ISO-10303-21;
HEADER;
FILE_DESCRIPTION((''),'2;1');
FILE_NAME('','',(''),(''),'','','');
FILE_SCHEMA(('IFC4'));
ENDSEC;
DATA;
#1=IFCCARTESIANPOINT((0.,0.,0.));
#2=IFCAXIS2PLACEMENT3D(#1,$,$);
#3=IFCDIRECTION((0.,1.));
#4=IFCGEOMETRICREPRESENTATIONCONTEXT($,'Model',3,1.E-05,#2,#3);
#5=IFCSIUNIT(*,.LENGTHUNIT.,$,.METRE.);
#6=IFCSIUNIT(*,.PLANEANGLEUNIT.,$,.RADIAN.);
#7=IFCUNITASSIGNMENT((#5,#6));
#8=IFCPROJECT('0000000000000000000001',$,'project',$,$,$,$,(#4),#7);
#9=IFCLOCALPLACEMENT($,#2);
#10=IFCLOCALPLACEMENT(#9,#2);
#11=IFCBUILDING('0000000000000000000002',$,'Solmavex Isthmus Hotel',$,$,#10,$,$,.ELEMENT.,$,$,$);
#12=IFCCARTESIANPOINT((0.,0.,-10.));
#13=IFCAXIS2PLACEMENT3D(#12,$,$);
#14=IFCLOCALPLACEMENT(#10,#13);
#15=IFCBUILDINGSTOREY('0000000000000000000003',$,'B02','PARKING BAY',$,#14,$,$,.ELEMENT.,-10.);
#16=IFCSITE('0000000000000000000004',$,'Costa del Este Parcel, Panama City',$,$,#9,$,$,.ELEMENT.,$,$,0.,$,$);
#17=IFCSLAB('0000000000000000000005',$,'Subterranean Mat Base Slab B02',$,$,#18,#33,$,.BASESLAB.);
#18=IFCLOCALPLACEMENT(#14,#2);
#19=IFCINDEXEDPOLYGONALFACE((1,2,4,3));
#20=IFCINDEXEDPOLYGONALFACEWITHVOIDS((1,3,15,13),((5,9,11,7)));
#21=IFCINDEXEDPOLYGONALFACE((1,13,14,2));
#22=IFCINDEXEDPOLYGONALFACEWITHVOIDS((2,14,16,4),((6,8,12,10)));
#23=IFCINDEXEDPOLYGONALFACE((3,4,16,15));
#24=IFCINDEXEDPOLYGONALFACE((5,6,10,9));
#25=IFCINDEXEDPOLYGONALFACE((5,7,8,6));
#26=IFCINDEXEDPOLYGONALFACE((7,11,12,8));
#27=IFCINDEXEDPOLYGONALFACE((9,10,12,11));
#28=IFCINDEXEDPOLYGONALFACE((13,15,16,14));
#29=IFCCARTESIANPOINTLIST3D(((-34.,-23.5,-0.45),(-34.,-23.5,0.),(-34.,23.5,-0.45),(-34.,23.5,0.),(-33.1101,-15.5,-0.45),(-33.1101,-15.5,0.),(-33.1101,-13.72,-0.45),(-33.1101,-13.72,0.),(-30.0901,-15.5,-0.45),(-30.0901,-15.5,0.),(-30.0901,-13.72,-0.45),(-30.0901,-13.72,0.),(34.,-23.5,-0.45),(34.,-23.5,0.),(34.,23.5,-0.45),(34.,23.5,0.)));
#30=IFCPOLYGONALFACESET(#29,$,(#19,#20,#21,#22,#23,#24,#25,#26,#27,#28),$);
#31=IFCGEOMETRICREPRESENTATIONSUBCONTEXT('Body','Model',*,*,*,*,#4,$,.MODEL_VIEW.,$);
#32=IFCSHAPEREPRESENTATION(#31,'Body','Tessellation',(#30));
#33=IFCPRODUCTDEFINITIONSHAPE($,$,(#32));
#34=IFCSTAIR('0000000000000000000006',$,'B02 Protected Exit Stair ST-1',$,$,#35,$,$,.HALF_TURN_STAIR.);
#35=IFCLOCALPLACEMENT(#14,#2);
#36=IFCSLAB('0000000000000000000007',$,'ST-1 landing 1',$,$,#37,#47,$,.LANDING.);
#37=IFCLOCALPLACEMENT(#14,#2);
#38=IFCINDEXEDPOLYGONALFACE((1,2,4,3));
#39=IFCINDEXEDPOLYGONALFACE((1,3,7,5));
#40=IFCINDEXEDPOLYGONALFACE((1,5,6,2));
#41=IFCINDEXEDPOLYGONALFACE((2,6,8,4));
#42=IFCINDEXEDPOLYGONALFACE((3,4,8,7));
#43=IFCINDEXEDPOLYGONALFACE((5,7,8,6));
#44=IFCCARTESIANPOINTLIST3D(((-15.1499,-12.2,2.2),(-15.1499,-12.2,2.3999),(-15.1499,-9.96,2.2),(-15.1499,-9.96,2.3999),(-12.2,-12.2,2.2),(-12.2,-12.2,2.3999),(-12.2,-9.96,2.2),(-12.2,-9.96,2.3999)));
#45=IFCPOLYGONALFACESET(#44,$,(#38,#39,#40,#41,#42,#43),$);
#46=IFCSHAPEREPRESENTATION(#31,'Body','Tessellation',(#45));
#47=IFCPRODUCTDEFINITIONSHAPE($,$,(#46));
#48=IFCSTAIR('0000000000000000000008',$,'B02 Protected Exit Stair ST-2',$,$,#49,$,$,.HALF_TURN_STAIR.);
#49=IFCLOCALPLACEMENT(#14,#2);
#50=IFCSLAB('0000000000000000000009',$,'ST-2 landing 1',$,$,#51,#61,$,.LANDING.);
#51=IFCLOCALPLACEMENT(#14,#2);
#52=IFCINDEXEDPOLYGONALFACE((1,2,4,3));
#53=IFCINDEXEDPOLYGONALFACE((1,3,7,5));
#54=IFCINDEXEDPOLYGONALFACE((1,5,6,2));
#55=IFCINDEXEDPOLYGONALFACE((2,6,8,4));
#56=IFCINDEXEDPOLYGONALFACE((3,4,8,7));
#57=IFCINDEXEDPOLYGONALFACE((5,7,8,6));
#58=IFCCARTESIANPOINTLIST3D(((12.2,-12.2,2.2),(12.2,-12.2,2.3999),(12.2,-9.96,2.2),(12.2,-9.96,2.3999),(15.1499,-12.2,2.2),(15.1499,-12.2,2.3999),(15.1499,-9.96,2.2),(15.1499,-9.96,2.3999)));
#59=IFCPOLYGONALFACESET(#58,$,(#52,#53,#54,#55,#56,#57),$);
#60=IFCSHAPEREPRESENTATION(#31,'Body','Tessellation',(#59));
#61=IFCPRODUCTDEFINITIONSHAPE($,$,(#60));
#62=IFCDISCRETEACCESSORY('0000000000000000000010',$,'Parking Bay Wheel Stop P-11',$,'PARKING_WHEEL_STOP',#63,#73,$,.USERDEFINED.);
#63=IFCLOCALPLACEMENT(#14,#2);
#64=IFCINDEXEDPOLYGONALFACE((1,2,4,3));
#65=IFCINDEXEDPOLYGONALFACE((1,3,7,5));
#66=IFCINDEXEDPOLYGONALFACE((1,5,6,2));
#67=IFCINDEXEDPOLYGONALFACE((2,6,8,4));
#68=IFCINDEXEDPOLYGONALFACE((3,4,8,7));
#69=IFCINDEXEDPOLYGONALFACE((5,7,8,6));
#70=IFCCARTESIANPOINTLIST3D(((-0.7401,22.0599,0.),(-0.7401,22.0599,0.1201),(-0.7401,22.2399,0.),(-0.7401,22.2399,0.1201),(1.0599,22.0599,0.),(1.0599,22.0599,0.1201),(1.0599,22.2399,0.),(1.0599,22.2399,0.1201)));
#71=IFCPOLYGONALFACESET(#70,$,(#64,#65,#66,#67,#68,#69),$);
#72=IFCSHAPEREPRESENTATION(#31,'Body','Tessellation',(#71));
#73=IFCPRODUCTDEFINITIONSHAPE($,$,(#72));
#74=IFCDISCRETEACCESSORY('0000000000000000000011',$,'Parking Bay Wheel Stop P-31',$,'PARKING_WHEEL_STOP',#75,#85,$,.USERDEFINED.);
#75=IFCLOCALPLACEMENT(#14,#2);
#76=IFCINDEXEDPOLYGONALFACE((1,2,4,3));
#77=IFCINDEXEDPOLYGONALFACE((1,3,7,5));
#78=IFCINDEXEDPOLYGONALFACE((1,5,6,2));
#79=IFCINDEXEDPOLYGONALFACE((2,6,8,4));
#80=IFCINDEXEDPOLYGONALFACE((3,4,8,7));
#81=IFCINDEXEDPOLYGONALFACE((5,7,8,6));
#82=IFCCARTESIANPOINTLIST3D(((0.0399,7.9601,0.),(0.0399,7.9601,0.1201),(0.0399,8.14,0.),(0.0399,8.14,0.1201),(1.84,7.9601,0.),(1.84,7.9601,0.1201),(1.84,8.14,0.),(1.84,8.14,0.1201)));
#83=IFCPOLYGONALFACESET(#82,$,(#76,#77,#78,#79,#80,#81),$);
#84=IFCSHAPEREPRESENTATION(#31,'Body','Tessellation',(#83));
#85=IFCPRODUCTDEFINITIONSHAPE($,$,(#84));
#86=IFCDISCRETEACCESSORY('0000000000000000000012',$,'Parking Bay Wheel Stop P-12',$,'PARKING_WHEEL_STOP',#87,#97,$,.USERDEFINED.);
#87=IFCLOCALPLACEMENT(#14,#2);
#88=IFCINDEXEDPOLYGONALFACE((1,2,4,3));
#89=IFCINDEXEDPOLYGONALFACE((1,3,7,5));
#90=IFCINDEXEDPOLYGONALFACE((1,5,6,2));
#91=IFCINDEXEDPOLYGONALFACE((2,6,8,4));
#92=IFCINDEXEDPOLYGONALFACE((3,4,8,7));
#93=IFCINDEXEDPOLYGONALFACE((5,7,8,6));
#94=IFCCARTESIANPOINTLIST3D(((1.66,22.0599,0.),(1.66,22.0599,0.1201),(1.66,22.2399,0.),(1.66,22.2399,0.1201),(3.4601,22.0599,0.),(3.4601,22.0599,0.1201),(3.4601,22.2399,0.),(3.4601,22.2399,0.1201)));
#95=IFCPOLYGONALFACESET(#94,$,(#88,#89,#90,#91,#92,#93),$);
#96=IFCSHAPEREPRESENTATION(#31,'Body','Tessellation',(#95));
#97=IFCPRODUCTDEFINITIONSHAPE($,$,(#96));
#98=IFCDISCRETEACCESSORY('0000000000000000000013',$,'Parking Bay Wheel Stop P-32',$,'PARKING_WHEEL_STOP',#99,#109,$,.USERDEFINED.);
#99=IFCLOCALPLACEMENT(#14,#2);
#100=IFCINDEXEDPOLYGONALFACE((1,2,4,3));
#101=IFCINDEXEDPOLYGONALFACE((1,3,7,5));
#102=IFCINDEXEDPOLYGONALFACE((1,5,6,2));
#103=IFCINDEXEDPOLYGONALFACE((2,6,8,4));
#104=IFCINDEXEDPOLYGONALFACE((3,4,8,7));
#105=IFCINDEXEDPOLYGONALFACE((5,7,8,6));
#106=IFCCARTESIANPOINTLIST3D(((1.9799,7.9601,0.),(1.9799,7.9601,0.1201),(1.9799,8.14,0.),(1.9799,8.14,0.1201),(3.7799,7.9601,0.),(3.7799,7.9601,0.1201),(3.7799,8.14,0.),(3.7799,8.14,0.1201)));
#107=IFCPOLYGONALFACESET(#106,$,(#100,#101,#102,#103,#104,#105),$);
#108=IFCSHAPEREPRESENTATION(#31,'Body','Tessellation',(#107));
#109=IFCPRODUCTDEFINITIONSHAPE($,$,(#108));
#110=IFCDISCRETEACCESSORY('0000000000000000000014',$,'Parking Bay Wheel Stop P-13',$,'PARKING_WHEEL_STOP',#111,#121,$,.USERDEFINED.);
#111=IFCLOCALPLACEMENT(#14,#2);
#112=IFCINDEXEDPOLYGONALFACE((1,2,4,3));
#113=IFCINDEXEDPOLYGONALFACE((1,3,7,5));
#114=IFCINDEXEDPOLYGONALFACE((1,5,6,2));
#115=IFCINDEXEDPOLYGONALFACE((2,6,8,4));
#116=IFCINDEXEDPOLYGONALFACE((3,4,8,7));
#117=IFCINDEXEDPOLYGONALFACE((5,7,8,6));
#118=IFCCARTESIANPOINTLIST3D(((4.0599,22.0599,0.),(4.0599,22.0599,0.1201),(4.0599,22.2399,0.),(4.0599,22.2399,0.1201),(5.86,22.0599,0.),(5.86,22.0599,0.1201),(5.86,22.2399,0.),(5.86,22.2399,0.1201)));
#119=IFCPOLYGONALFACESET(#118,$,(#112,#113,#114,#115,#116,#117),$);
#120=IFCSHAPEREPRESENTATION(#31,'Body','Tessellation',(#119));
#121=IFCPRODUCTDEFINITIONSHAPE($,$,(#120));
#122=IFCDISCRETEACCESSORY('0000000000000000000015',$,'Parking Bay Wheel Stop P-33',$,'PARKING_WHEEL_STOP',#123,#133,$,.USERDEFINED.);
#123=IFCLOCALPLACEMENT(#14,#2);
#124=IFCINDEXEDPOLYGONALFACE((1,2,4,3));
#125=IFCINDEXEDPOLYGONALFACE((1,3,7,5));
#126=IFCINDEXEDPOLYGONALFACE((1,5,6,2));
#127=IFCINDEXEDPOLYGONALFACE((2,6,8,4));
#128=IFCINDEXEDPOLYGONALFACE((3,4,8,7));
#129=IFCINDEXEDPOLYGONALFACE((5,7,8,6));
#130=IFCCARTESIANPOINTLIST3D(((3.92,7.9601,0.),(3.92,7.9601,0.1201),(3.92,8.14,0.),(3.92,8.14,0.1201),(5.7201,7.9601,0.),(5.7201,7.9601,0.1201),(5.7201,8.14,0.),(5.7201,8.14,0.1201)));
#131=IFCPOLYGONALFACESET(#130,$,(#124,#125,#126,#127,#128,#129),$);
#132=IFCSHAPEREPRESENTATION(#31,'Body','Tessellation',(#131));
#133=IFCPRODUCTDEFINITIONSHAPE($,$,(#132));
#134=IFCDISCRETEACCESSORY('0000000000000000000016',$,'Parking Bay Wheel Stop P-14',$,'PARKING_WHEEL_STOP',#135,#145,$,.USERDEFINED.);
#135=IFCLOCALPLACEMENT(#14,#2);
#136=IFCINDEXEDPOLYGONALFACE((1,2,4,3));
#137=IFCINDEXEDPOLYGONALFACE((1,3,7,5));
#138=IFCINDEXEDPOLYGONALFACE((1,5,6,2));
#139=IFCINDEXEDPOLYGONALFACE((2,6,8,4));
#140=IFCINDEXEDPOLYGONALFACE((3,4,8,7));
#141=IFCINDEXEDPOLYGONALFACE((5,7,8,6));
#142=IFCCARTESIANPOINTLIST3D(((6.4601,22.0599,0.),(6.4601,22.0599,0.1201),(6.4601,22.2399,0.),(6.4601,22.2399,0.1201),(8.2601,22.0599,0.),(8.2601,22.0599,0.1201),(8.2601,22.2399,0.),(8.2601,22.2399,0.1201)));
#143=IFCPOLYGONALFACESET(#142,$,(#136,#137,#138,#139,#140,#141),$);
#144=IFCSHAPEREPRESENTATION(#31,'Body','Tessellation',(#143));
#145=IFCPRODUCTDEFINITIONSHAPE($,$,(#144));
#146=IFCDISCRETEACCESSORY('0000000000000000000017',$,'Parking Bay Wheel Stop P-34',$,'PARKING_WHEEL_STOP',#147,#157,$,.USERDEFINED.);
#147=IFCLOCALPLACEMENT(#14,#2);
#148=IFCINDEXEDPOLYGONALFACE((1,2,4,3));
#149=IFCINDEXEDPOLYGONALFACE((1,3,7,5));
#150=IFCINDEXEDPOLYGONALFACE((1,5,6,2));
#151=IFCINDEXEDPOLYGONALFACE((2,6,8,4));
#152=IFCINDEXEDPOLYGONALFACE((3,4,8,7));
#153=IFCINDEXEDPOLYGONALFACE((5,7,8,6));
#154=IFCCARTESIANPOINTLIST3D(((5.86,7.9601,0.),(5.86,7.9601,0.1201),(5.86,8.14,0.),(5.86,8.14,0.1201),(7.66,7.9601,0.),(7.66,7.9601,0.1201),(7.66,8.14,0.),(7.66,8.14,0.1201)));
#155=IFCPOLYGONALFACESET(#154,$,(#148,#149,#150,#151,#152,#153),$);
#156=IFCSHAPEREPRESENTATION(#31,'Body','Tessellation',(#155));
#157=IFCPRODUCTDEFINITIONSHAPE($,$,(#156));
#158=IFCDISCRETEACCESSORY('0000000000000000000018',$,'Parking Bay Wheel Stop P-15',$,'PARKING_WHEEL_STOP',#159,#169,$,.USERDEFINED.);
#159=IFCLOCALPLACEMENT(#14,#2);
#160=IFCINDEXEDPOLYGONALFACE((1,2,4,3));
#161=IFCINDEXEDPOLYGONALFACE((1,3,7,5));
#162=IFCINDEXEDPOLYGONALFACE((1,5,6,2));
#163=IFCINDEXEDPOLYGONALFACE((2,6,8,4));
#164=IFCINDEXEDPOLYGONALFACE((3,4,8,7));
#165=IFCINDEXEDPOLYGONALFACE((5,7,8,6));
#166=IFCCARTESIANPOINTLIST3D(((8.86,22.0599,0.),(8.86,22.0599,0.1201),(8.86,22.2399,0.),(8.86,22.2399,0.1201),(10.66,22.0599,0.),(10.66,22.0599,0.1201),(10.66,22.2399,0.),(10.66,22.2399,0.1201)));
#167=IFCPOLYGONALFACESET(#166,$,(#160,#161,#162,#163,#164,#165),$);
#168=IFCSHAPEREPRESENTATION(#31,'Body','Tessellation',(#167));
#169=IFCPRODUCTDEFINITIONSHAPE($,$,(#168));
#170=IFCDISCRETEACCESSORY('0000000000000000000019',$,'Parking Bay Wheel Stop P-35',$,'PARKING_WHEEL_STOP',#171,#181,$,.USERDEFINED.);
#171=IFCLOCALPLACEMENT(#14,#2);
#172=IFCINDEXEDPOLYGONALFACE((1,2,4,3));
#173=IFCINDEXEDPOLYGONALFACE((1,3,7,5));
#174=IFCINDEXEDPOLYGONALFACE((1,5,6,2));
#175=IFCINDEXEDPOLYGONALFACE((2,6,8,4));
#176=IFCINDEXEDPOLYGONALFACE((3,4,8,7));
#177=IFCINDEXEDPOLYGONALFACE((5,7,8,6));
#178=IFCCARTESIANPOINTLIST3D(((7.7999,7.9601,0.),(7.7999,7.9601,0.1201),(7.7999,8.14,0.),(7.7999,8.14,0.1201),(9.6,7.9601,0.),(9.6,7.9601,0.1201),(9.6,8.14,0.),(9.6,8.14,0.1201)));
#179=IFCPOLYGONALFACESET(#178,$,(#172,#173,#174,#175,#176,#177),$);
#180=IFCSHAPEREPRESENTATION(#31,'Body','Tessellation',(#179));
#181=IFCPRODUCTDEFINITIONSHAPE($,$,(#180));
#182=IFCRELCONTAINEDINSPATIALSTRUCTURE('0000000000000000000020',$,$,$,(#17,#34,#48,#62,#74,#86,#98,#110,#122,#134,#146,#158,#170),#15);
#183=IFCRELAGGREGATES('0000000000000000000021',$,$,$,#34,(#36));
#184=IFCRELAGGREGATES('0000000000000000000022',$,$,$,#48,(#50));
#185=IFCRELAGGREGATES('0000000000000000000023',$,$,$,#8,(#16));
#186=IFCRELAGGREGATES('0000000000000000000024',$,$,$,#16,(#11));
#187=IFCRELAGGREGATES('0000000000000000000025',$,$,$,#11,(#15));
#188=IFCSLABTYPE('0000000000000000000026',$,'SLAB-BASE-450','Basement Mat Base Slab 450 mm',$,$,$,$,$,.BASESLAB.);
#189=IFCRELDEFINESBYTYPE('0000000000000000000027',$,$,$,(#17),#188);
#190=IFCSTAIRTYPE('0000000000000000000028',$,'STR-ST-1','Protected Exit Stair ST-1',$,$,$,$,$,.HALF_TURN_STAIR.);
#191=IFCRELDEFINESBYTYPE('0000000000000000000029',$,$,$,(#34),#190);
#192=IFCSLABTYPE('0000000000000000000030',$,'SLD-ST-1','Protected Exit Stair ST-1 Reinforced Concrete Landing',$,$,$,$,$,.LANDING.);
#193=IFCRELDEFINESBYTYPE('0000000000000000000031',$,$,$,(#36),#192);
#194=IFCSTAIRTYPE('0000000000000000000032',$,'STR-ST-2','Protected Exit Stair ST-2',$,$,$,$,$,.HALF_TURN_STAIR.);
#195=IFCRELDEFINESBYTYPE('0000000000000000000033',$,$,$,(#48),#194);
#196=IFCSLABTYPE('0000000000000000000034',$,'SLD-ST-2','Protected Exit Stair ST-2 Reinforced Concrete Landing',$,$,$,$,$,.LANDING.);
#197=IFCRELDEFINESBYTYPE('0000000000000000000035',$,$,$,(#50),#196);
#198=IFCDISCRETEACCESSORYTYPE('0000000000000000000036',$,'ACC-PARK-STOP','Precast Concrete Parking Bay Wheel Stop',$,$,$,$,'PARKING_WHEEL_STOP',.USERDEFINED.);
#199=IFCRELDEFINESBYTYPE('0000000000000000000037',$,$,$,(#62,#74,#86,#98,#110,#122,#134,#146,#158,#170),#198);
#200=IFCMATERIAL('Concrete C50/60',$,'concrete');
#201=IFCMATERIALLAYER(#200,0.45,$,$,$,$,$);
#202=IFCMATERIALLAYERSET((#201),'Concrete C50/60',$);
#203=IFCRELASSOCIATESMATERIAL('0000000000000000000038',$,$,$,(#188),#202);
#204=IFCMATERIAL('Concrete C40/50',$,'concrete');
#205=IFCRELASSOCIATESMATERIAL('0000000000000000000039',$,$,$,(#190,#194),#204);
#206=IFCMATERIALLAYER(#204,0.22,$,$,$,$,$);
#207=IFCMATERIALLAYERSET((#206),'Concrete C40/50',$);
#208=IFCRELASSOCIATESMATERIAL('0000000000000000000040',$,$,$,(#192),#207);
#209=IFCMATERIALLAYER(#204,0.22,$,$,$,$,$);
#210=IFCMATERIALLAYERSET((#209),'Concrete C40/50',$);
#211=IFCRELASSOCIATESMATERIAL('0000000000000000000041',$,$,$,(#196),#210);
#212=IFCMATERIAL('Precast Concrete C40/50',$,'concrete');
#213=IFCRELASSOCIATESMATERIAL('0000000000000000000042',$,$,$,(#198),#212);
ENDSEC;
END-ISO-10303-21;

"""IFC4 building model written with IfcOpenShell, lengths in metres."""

from ifc_helpers import new_model, si_unit, direction, frame, origin, origin_2d, place, context, subcontext, project, spatial, polyline, rectangle, outline, extrude, material, layer, layer_set, type_object, element, aggregate, save


model = new_model("IFC4")

# Units and contexts
model_context = context("Model", 3, precision=1e-05, world=origin(), true_north=direction((0.0, 1.0)))
body_context = subcontext(model_context, "Body", "Model", "MODEL_VIEW")
ifc_project = project(units=[si_unit("LENGTHUNIT", "METRE"), si_unit("PLANEANGLEUNIT", "RADIAN")], contexts=[model_context])

# Site, building, storey
site_placement = place(None, origin())
site = spatial("IfcSite", under=ifc_project, at=site_placement, Name="Costa del Este Parcel, Panama City", CompositionType="ELEMENT", RefElevation=0.0)
building_placement = place(site_placement, origin())
building = spatial("IfcBuilding", under=site, at=building_placement, Name="Solmavex Isthmus Hotel", CompositionType="ELEMENT")
storey_placement = place(building_placement, frame((0.0, 0.0, -10.0)))
storey = spatial("IfcBuildingStorey", under=building, at=storey_placement, Name="B02", Description="PARKING BAY", CompositionType="ELEMENT", Elevation=-10.0)

# Shared definitions
ifc_material_1 = material(Name="Concrete C50/60", Category="concrete")

# Slab
ifc_layer_1 = layer(ifc_material_1, 0.45)
ifc_layer_set_1 = layer_set([ifc_layer_1], Name="Concrete C50/60")
slab_type_1 = type_object("IfcSlabType", Name="SLAB-BASE-450", Description="Basement Mat Base Slab 450 mm", PredefinedType="BASESLAB", material=ifc_layer_set_1)
slab_1_placement = place(storey_placement, frame((0.0, 0.0, -0.45)))
element("IfcSlab", 1, at=slab_1_placement, inside=storey, type_object=slab_type_1, Name="Subterranean Mat Base Slab B02", PredefinedType="BASESLAB", context=body_context, shape_type="SweptSolid", body=[
    extrude(outline(polyline([(-34.0, -23.5), (34.0, -23.5), (34.0, 23.5), (-34.0, 23.5), (-34.0, -23.5)]), holes=[polyline([(-33.1101, -15.5), (-30.0901, -15.5), (-30.0901, -13.72), (-33.1101, -13.72), (-33.1101, -15.5)])]), origin(), (0.0, 0.0, 1.0), 0.45),
])

# Stairs, slabs
ifc_material_2 = material(Name="Concrete C40/50", Category="concrete")
stair_type_1 = type_object("IfcStairType", Name="STR-ST-1", Description="Protected Exit Stair ST-1", PredefinedType="HALF_TURN_STAIR", material=ifc_material_2)
stair_1_placement = place(storey_placement, origin())
stair_1 = element("IfcStair", 2, at=stair_1_placement, inside=storey, type_object=stair_type_1, Name="B02 Protected Exit Stair ST-1", PredefinedType="HALF_TURN_STAIR")
ifc_layer_2 = layer(ifc_material_2, 0.22)
ifc_layer_set_2 = layer_set([ifc_layer_2], Name="Concrete C40/50")
slab_type_2 = type_object("IfcSlabType", Name="SLD-ST-1", Description="Protected Exit Stair ST-1 Reinforced Concrete Landing", PredefinedType="LANDING", material=ifc_layer_set_2)
slab_2_placement = place(storey_placement, frame((0.0, 0.0, 2.2)))
slab_2 = element("IfcSlab", 3, at=slab_2_placement, type_object=slab_type_2, Name="ST-1 landing 1", PredefinedType="LANDING", context=body_context, shape_type="SweptSolid", body=[
    extrude(outline(polyline([(-15.1499, -9.96), (-15.1499, -12.2), (-12.2, -12.2), (-12.2, -9.96), (-15.1499, -9.96)])), origin(), (0.0, 0.0, 1.0), 0.2),
])
aggregate(stair_1, [slab_2])
stair_type_2 = type_object("IfcStairType", Name="STR-ST-2", Description="Protected Exit Stair ST-2", PredefinedType="HALF_TURN_STAIR", material=ifc_material_2)
stair_2_placement = place(storey_placement, origin())
stair_2 = element("IfcStair", 4, at=stair_2_placement, inside=storey, type_object=stair_type_2, Name="B02 Protected Exit Stair ST-2", PredefinedType="HALF_TURN_STAIR")
ifc_layer_3 = layer(ifc_material_2, 0.22)
ifc_layer_set_3 = layer_set([ifc_layer_3], Name="Concrete C40/50")
slab_type_3 = type_object("IfcSlabType", Name="SLD-ST-2", Description="Protected Exit Stair ST-2 Reinforced Concrete Landing", PredefinedType="LANDING", material=ifc_layer_set_3)
slab_3_placement = place(storey_placement, frame((0.0, 0.0, 2.2)))
slab_3 = element("IfcSlab", 5, at=slab_3_placement, type_object=slab_type_3, Name="ST-2 landing 1", PredefinedType="LANDING", context=body_context, shape_type="SweptSolid", body=[
    extrude(outline(polyline([(12.2, -9.96), (12.2, -12.2), (15.1499, -12.2), (15.1499, -9.96), (12.2, -9.96)])), origin(), (0.0, 0.0, 1.0), 0.2),
])
aggregate(stair_2, [slab_3])

# Discrete accessories
ifc_material_3 = material(Name="Precast Concrete C40/50", Category="concrete")
discrete_accessory_type = type_object("IfcDiscreteAccessoryType", Name="ACC-PARK-STOP", Description="Precast Concrete Parking Bay Wheel Stop", ElementType="PARKING_WHEEL_STOP", PredefinedType="USERDEFINED", material=ifc_material_3)
for number, where, z_axis, x_axis, name in (
    (6, (0.1599, 22.1499, 0.0), (0.0, 0.0, 1.0), (1.0, 0.0, 0.0), "Parking Bay Wheel Stop P-11"),
    (7, (0.9399, 8.05, 0.0), (0.0, 0.0, 1.0), (1.0, 0.0, 0.0), "Parking Bay Wheel Stop P-31"),
    (8, (2.5601, 22.1499, 0.0), (0.0, 0.0, 1.0), (1.0, 0.0, 0.0), "Parking Bay Wheel Stop P-12"),
    (9, (2.8799, 8.05, 0.0), (0.0, 0.0, 1.0), (1.0, 0.0, 0.0), "Parking Bay Wheel Stop P-32"),
    (10, (4.96, 22.1499, 0.0), (0.0, 0.0, 1.0), (1.0, 0.0, 0.0), "Parking Bay Wheel Stop P-13"),
    (11, (4.8201, 8.05, 0.0), (0.0, 0.0, 1.0), (1.0, 0.0, 0.0), "Parking Bay Wheel Stop P-33"),
    (12, (7.3601, 22.1499, 0.0), (0.0, 0.0, 1.0), (1.0, 0.0, 0.0), "Parking Bay Wheel Stop P-14"),
    (13, (6.76, 8.05, 0.0), (0.0, 0.0, 1.0), (1.0, 0.0, 0.0), "Parking Bay Wheel Stop P-34"),
    (14, (9.76, 22.1499, 0.0), (0.0, 0.0, 1.0), (1.0, 0.0, 0.0), "Parking Bay Wheel Stop P-15"),
    (15, (8.7, 8.05, 0.0), (0.0, 0.0, 1.0), (1.0, 0.0, 0.0), "Parking Bay Wheel Stop P-35"),
):
    element("IfcDiscreteAccessory", number, at=place(storey_placement, frame(where, z_axis=z_axis, x_axis=x_axis)), inside=storey, type_object=discrete_accessory_type, Name=name, ObjectType="PARKING_WHEEL_STOP", PredefinedType="USERDEFINED", context=body_context, shape_type="SweptSolid", body=[
        extrude(rectangle(XDim=1.8, YDim=0.1799, at=origin_2d()), origin(), (0.0, 0.0, 1.0), 0.1201),
    ])

save(model, "model.ifc")
